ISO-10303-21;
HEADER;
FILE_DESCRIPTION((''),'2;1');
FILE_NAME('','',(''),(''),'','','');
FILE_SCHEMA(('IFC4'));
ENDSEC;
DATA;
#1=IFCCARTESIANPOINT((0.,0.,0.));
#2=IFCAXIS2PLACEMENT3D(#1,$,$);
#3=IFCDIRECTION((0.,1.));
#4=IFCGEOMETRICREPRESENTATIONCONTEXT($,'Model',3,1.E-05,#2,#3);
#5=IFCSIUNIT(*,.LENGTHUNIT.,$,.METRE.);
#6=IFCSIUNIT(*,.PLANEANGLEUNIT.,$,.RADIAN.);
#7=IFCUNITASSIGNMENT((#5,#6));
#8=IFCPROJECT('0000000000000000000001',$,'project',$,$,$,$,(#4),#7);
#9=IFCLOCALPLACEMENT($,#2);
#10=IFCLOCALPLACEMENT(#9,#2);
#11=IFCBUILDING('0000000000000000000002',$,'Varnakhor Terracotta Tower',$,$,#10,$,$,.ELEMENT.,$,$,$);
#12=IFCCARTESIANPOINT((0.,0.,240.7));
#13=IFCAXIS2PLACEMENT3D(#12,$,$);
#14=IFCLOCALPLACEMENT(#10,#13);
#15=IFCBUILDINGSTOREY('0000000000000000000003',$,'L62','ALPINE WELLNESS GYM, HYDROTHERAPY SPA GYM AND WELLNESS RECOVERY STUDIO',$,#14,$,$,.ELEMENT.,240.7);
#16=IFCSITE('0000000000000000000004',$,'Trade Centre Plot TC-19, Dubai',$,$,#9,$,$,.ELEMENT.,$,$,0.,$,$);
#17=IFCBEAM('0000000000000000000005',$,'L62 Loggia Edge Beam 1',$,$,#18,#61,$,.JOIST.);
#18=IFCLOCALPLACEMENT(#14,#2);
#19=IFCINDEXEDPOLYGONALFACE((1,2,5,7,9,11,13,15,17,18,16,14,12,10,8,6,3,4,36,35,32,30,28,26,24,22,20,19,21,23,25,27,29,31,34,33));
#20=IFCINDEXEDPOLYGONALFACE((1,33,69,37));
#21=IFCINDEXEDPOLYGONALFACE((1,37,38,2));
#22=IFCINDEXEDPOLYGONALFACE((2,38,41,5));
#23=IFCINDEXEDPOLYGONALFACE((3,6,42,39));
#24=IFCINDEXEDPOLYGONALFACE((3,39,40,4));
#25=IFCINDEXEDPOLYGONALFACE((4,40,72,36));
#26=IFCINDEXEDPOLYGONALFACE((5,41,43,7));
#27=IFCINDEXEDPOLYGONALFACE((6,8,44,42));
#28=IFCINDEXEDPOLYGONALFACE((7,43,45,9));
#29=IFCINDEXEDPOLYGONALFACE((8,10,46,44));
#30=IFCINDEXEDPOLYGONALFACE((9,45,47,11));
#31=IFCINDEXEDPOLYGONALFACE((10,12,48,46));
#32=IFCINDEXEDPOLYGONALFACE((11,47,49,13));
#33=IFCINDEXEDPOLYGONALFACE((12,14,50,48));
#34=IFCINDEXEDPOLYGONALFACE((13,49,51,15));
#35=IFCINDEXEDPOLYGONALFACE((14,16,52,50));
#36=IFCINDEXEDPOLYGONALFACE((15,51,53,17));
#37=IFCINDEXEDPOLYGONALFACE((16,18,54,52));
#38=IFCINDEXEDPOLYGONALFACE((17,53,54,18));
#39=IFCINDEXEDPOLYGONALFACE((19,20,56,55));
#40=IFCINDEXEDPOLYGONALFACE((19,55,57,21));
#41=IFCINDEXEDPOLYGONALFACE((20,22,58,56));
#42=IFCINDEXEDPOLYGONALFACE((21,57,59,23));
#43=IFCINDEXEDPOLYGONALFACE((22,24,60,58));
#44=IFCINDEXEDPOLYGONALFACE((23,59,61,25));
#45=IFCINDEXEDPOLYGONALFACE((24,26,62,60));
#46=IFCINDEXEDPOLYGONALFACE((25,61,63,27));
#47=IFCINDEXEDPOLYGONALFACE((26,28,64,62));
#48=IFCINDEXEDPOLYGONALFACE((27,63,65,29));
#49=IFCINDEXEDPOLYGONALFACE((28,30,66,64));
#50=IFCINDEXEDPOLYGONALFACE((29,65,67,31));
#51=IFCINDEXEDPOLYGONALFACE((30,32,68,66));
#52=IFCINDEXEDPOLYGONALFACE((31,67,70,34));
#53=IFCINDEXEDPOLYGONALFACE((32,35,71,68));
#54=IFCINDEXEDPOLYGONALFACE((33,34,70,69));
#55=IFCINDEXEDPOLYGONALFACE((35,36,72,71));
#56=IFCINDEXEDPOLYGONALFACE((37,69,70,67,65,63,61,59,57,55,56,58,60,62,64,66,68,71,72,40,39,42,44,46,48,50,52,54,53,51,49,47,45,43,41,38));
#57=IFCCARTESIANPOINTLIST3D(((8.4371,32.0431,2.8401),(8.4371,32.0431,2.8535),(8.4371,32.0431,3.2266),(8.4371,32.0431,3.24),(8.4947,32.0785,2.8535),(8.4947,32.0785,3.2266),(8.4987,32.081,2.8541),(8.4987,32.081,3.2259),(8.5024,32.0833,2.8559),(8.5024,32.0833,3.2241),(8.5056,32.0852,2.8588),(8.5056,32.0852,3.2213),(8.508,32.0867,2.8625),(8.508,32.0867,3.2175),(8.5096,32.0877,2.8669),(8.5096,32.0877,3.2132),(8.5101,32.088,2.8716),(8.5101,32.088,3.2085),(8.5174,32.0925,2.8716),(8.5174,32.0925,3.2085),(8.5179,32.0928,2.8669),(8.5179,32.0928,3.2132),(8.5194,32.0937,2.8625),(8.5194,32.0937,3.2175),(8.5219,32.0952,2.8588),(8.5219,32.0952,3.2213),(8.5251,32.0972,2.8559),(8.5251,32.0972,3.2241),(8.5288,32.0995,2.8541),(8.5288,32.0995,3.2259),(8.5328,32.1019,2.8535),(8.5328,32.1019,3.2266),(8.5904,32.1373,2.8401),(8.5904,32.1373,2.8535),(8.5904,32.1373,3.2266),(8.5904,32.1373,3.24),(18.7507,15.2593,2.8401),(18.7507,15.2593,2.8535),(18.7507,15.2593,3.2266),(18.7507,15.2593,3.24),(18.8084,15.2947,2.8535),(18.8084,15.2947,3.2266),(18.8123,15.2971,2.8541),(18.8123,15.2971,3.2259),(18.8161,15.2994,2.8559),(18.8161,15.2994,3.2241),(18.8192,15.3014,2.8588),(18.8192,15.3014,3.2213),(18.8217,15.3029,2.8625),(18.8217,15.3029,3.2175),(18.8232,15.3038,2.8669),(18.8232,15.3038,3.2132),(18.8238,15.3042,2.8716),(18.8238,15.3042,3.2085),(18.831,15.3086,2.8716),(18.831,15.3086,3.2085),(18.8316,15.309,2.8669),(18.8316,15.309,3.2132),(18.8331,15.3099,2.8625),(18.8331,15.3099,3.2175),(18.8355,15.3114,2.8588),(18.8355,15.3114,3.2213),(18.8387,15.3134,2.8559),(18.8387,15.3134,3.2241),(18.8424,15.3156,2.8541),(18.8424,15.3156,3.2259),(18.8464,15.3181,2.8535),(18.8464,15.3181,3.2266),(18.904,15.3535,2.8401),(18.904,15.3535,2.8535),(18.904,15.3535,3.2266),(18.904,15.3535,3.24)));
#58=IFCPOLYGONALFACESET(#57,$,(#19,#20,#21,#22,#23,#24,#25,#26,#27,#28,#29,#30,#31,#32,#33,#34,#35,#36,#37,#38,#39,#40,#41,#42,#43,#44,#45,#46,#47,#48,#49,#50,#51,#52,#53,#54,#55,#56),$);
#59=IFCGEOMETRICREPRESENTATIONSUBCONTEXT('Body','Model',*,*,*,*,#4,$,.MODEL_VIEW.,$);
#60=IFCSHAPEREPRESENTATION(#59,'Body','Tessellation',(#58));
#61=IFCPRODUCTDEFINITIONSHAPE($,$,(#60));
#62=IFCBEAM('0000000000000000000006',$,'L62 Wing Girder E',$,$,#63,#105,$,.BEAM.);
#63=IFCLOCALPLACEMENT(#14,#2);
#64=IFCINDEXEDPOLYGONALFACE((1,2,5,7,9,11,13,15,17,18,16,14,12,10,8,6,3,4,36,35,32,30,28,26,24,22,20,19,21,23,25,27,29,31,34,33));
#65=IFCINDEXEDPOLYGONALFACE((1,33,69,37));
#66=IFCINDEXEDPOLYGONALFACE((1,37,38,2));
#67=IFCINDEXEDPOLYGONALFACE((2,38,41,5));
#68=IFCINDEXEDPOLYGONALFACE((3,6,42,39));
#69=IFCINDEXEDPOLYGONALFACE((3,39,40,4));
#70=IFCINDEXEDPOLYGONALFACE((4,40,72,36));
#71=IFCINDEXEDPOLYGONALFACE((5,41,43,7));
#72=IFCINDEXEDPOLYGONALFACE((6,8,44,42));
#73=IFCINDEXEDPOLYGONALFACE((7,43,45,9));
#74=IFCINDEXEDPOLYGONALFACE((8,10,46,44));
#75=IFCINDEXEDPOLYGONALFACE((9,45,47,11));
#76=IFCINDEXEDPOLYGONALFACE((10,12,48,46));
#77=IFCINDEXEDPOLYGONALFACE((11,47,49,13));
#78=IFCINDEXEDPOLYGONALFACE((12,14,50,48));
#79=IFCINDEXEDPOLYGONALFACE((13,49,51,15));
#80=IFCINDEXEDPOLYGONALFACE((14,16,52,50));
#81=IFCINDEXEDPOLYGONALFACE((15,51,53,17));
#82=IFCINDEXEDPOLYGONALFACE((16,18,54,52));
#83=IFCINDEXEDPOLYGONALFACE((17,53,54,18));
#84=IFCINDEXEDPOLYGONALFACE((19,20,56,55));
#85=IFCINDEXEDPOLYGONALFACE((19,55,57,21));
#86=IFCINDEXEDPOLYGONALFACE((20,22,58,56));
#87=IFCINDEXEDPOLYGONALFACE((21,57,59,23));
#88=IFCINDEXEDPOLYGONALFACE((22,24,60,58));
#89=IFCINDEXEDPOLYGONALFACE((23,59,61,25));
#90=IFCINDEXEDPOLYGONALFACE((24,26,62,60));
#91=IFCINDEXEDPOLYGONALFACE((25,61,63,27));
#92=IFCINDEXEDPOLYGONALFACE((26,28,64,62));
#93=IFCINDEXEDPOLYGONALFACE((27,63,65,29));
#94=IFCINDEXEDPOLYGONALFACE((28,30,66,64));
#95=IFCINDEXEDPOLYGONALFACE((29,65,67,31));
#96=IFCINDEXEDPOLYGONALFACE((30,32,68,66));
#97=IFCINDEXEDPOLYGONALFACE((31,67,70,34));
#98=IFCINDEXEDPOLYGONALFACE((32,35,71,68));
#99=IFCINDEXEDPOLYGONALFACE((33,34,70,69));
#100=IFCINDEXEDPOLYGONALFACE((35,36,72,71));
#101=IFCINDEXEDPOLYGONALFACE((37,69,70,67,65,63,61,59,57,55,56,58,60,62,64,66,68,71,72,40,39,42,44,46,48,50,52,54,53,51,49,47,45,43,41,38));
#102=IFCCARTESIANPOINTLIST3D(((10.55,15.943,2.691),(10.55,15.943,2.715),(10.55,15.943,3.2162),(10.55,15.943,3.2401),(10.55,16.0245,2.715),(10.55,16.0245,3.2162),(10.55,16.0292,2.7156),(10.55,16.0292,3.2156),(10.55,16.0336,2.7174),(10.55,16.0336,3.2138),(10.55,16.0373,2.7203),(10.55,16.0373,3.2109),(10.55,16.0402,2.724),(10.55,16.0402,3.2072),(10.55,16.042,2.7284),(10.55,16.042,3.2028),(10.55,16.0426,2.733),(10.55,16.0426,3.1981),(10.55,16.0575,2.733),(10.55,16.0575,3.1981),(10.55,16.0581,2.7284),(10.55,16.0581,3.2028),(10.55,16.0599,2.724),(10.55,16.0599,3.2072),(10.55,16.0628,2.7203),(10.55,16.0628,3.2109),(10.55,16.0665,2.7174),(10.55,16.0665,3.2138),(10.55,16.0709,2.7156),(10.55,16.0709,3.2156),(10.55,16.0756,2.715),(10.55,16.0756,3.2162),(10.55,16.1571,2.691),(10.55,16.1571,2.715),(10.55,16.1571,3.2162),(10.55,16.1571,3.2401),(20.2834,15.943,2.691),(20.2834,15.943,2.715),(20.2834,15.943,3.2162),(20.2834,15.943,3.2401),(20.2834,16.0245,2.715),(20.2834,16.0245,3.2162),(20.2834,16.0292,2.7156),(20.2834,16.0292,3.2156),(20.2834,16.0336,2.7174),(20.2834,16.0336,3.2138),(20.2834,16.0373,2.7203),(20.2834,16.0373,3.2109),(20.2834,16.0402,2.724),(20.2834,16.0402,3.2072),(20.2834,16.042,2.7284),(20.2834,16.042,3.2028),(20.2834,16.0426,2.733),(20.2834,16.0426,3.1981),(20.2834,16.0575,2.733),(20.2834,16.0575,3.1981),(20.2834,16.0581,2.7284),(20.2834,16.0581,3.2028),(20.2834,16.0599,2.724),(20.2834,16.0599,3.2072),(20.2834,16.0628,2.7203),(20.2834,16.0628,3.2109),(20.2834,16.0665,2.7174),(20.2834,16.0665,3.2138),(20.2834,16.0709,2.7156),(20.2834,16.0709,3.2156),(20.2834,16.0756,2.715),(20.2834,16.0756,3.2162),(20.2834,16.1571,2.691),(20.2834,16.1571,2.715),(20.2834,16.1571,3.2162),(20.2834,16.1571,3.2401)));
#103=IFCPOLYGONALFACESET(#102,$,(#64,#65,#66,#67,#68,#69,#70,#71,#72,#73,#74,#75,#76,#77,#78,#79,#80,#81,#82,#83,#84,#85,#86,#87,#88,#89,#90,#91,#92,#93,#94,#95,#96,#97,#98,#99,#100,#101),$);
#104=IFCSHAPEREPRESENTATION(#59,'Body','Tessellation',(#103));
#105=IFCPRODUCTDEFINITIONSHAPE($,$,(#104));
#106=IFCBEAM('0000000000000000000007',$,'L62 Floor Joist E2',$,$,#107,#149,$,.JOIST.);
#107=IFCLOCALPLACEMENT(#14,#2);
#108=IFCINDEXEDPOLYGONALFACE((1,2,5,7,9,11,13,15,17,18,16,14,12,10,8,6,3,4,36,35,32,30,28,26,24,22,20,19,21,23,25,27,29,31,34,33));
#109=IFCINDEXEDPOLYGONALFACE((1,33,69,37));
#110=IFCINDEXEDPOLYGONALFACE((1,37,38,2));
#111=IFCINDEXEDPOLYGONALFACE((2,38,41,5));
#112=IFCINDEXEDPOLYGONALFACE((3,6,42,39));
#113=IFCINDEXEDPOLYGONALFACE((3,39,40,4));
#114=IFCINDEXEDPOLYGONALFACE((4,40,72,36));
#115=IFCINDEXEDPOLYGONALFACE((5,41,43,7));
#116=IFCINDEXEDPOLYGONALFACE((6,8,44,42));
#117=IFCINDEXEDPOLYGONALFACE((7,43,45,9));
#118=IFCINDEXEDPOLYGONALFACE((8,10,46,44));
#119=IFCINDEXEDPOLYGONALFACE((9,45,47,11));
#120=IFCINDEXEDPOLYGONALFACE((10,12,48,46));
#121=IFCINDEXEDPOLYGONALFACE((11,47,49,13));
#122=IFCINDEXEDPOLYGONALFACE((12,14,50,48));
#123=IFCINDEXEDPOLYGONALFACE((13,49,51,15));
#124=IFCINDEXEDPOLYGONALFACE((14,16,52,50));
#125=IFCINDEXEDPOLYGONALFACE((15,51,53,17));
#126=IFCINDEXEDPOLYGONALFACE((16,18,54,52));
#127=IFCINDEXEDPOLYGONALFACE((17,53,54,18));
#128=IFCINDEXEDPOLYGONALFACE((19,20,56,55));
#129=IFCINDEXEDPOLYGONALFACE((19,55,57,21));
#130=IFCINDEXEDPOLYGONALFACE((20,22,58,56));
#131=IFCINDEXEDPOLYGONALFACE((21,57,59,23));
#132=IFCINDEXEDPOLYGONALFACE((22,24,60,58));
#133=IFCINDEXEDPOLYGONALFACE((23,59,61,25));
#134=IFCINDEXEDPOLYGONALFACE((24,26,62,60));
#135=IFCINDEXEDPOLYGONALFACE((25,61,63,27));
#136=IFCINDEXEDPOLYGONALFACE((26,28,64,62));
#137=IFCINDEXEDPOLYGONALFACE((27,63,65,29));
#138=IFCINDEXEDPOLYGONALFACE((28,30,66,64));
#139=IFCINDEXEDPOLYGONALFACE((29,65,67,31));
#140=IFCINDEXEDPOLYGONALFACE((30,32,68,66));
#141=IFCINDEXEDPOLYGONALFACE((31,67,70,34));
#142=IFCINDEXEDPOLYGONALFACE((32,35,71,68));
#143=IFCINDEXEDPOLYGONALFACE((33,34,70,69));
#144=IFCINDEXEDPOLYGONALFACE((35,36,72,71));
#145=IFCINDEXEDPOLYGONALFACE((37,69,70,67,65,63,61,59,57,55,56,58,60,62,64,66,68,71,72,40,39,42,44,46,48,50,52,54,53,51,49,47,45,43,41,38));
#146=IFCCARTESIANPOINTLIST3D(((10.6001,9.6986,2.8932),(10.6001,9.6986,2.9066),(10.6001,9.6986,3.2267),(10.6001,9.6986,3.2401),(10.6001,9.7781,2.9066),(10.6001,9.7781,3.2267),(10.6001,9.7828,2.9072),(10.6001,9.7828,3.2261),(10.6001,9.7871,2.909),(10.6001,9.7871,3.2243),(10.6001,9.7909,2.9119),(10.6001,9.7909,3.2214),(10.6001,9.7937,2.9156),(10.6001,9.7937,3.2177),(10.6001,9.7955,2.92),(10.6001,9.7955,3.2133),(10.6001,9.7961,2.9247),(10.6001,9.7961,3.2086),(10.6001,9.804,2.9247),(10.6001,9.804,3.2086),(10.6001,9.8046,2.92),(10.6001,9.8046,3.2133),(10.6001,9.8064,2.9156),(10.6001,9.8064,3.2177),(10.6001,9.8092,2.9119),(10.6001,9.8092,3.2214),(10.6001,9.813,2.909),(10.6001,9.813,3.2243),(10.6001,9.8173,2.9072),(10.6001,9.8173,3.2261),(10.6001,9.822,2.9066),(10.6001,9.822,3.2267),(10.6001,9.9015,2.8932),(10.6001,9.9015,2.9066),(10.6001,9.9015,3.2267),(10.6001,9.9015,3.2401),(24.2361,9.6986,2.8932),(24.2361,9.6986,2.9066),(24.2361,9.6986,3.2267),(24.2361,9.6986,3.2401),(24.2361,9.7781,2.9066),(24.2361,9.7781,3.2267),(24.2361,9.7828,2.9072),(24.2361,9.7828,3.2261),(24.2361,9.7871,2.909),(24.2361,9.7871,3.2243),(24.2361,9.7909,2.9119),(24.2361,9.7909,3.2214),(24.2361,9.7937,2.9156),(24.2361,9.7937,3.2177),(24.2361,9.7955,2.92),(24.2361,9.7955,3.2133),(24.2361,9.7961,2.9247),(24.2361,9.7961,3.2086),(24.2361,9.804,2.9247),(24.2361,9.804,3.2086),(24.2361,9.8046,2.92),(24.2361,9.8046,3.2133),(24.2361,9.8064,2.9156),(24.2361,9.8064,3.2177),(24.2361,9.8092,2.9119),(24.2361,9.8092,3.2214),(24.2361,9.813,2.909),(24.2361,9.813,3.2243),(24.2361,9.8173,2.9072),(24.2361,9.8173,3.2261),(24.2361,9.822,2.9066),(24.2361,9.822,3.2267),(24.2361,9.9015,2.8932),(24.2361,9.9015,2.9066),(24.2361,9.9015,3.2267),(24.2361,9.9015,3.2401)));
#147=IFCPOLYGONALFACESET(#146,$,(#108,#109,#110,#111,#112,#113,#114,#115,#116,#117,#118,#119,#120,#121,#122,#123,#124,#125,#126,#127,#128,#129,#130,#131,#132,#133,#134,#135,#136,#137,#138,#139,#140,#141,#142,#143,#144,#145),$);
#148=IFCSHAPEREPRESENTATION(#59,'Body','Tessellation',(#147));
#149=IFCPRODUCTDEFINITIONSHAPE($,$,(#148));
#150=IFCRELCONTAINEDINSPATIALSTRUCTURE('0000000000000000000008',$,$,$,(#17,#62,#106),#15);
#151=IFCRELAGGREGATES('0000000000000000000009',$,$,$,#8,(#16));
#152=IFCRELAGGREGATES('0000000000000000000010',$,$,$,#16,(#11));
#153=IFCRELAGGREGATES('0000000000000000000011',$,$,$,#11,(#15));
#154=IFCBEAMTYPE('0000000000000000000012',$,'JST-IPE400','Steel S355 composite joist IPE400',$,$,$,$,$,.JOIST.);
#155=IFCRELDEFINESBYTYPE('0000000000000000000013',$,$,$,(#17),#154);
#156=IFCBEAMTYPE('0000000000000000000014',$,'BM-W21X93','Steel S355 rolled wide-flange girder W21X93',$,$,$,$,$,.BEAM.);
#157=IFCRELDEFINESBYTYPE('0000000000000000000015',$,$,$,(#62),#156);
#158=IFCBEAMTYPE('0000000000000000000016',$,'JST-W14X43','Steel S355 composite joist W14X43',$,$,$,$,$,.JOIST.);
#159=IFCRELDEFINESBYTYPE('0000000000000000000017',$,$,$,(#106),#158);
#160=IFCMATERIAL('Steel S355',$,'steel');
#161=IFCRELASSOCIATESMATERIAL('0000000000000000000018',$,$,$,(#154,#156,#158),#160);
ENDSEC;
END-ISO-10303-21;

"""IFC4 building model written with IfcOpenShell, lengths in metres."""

from ifc_helpers import new_model, si_unit, direction, frame, origin, origin_2d, place, context, subcontext, project, spatial, i_section, extrude, source, transform, mapped, material, material_profile, profile_set, type_object, element, save


model = new_model("IFC4")

# Units and contexts
model_context = context("Model", 3, precision=1e-05, world=origin(), true_north=direction((0.0, 1.0)))
body_context = subcontext(model_context, "Body", "Model", "MODEL_VIEW")
ifc_project = project(units=[si_unit("LENGTHUNIT", "METRE"), si_unit("PLANEANGLEUNIT", "RADIAN")], contexts=[model_context])

# Site, building, storey
site_placement = place(None, origin())
site = spatial("IfcSite", under=ifc_project, at=site_placement, Name="Trade Centre Plot TC-19, Dubai", CompositionType="ELEMENT", RefElevation=0.0)
building_placement = place(site_placement, origin())
building = spatial("IfcBuilding", under=site, at=building_placement, Name="Varnakhor Terracotta Tower", CompositionType="ELEMENT")
storey_placement = place(building_placement, frame((0.0, 0.0, 240.7)))
storey = spatial("IfcBuildingStorey", under=building, at=storey_placement, Name="L62", Description="ALPINE WELLNESS GYM, HYDROTHERAPY SPA GYM AND WELLNESS RECOVERY STUDIO", CompositionType="ELEMENT", Elevation=240.7)

# Beams
ifc_material_1 = material(Name="Steel S355", Category="steel")
ifc_material_profile_1 = material_profile(ifc_material_1, i_section(OverallWidth=0.1799, OverallDepth=0.3999, WebThickness=0.0085, FlangeThickness=0.0134, FilletRadius=0.0181, at=origin_2d()), Name="IPE400")
ifc_profile_set_1 = profile_set([ifc_material_profile_1], Name="Steel S355")
beam_type_1 = type_object("IfcBeamType", Name="JST-IPE400", Description="Steel S355 composite joist IPE400", PredefinedType="JOIST", material=ifc_profile_set_1)
shared_shape_1 = source(origin(), body_context, "Body", "SweptSolid", [
    extrude(i_section(OverallWidth=0.1799, OverallDepth=0.3999, WebThickness=0.0085, FlangeThickness=0.0134, FilletRadius=0.0181, at=origin_2d()), origin(), (0.0, 0.0, 1.0), 19.6995),
])
beam_1_placement = place(storey_placement, frame((18.8274, 15.3064, 3.04), z_axis=(-0.52355, 0.851995, 0.0), x_axis=(-0.851995, -0.52355, 0.0)))
element("IfcBeam", 1, at=beam_1_placement, inside=storey, type_object=beam_type_1, Name="L62 Loggia Edge Beam 1", PredefinedType="JOIST", context=body_context, shape_type="MappedRepresentation", body=[
    mapped(shared_shape_1, transform((0.0, 0.0, 0.0), scale=1.0)),
])
ifc_material_profile_2 = material_profile(ifc_material_1, i_section(OverallWidth=0.2141, OverallDepth=0.5491, WebThickness=0.0149, FlangeThickness=0.0239, FilletRadius=0.0181, at=origin_2d()), Name="W21X93")
ifc_profile_set_2 = profile_set([ifc_material_profile_2], Name="Steel S355")
beam_type_2 = type_object("IfcBeamType", Name="BM-W21X93", Description="Steel S355 rolled wide-flange girder W21X93", PredefinedType="BEAM", material=ifc_profile_set_2)
shared_shape_2 = source(origin(), body_context, "Body", "SweptSolid", [
    extrude(i_section(OverallWidth=0.2141, OverallDepth=0.5491, WebThickness=0.0149, FlangeThickness=0.0239, FilletRadius=0.0181, at=origin_2d()), origin(), (0.0, 0.0, 1.0), 9.7334),
])
beam_2_placement = place(storey_placement, frame((10.55, 16.05, 2.9656), z_axis=(1.0, 0.0, 0.0), x_axis=(0.0, 1.0, 0.0)))
element("IfcBeam", 2, at=beam_2_placement, inside=storey, type_object=beam_type_2, Name="L62 Wing Girder E", PredefinedType="BEAM", context=body_context, shape_type="MappedRepresentation", body=[
    mapped(shared_shape_2, transform((0.0, 0.0, 0.0), scale=1.0)),
])
ifc_material_profile_3 = material_profile(ifc_material_1, i_section(OverallWidth=0.2029, OverallDepth=0.3469, WebThickness=0.0078, FlangeThickness=0.0134, FilletRadius=0.0181, at=origin_2d()), Name="W14X43")
ifc_profile_set_3 = profile_set([ifc_material_profile_3], Name="Steel S355")
beam_type_3 = type_object("IfcBeamType", Name="JST-W14X43", Description="Steel S355 composite joist W14X43", PredefinedType="JOIST", material=ifc_profile_set_3)
shared_shape_3 = source(origin(), body_context, "Body", "SweptSolid", [
    extrude(i_section(OverallWidth=0.2029, OverallDepth=0.3469, WebThickness=0.0078, FlangeThickness=0.0134, FilletRadius=0.0181, at=origin_2d()), origin(), (0.0, 0.0, 1.0), 13.636),
])
beam_3_placement = place(storey_placement, frame((10.6001, 9.8, 3.0667), z_axis=(1.0, 0.0, 0.0), x_axis=(0.0, 1.0, 0.0)))
element("IfcBeam", 3, at=beam_3_placement, inside=storey, type_object=beam_type_3, Name="L62 Floor Joist E2", PredefinedType="JOIST", context=body_context, shape_type="MappedRepresentation", body=[
    mapped(shared_shape_3, transform((0.0, 0.0, 0.0), scale=1.0)),
])

save(model, "model.ifc")
